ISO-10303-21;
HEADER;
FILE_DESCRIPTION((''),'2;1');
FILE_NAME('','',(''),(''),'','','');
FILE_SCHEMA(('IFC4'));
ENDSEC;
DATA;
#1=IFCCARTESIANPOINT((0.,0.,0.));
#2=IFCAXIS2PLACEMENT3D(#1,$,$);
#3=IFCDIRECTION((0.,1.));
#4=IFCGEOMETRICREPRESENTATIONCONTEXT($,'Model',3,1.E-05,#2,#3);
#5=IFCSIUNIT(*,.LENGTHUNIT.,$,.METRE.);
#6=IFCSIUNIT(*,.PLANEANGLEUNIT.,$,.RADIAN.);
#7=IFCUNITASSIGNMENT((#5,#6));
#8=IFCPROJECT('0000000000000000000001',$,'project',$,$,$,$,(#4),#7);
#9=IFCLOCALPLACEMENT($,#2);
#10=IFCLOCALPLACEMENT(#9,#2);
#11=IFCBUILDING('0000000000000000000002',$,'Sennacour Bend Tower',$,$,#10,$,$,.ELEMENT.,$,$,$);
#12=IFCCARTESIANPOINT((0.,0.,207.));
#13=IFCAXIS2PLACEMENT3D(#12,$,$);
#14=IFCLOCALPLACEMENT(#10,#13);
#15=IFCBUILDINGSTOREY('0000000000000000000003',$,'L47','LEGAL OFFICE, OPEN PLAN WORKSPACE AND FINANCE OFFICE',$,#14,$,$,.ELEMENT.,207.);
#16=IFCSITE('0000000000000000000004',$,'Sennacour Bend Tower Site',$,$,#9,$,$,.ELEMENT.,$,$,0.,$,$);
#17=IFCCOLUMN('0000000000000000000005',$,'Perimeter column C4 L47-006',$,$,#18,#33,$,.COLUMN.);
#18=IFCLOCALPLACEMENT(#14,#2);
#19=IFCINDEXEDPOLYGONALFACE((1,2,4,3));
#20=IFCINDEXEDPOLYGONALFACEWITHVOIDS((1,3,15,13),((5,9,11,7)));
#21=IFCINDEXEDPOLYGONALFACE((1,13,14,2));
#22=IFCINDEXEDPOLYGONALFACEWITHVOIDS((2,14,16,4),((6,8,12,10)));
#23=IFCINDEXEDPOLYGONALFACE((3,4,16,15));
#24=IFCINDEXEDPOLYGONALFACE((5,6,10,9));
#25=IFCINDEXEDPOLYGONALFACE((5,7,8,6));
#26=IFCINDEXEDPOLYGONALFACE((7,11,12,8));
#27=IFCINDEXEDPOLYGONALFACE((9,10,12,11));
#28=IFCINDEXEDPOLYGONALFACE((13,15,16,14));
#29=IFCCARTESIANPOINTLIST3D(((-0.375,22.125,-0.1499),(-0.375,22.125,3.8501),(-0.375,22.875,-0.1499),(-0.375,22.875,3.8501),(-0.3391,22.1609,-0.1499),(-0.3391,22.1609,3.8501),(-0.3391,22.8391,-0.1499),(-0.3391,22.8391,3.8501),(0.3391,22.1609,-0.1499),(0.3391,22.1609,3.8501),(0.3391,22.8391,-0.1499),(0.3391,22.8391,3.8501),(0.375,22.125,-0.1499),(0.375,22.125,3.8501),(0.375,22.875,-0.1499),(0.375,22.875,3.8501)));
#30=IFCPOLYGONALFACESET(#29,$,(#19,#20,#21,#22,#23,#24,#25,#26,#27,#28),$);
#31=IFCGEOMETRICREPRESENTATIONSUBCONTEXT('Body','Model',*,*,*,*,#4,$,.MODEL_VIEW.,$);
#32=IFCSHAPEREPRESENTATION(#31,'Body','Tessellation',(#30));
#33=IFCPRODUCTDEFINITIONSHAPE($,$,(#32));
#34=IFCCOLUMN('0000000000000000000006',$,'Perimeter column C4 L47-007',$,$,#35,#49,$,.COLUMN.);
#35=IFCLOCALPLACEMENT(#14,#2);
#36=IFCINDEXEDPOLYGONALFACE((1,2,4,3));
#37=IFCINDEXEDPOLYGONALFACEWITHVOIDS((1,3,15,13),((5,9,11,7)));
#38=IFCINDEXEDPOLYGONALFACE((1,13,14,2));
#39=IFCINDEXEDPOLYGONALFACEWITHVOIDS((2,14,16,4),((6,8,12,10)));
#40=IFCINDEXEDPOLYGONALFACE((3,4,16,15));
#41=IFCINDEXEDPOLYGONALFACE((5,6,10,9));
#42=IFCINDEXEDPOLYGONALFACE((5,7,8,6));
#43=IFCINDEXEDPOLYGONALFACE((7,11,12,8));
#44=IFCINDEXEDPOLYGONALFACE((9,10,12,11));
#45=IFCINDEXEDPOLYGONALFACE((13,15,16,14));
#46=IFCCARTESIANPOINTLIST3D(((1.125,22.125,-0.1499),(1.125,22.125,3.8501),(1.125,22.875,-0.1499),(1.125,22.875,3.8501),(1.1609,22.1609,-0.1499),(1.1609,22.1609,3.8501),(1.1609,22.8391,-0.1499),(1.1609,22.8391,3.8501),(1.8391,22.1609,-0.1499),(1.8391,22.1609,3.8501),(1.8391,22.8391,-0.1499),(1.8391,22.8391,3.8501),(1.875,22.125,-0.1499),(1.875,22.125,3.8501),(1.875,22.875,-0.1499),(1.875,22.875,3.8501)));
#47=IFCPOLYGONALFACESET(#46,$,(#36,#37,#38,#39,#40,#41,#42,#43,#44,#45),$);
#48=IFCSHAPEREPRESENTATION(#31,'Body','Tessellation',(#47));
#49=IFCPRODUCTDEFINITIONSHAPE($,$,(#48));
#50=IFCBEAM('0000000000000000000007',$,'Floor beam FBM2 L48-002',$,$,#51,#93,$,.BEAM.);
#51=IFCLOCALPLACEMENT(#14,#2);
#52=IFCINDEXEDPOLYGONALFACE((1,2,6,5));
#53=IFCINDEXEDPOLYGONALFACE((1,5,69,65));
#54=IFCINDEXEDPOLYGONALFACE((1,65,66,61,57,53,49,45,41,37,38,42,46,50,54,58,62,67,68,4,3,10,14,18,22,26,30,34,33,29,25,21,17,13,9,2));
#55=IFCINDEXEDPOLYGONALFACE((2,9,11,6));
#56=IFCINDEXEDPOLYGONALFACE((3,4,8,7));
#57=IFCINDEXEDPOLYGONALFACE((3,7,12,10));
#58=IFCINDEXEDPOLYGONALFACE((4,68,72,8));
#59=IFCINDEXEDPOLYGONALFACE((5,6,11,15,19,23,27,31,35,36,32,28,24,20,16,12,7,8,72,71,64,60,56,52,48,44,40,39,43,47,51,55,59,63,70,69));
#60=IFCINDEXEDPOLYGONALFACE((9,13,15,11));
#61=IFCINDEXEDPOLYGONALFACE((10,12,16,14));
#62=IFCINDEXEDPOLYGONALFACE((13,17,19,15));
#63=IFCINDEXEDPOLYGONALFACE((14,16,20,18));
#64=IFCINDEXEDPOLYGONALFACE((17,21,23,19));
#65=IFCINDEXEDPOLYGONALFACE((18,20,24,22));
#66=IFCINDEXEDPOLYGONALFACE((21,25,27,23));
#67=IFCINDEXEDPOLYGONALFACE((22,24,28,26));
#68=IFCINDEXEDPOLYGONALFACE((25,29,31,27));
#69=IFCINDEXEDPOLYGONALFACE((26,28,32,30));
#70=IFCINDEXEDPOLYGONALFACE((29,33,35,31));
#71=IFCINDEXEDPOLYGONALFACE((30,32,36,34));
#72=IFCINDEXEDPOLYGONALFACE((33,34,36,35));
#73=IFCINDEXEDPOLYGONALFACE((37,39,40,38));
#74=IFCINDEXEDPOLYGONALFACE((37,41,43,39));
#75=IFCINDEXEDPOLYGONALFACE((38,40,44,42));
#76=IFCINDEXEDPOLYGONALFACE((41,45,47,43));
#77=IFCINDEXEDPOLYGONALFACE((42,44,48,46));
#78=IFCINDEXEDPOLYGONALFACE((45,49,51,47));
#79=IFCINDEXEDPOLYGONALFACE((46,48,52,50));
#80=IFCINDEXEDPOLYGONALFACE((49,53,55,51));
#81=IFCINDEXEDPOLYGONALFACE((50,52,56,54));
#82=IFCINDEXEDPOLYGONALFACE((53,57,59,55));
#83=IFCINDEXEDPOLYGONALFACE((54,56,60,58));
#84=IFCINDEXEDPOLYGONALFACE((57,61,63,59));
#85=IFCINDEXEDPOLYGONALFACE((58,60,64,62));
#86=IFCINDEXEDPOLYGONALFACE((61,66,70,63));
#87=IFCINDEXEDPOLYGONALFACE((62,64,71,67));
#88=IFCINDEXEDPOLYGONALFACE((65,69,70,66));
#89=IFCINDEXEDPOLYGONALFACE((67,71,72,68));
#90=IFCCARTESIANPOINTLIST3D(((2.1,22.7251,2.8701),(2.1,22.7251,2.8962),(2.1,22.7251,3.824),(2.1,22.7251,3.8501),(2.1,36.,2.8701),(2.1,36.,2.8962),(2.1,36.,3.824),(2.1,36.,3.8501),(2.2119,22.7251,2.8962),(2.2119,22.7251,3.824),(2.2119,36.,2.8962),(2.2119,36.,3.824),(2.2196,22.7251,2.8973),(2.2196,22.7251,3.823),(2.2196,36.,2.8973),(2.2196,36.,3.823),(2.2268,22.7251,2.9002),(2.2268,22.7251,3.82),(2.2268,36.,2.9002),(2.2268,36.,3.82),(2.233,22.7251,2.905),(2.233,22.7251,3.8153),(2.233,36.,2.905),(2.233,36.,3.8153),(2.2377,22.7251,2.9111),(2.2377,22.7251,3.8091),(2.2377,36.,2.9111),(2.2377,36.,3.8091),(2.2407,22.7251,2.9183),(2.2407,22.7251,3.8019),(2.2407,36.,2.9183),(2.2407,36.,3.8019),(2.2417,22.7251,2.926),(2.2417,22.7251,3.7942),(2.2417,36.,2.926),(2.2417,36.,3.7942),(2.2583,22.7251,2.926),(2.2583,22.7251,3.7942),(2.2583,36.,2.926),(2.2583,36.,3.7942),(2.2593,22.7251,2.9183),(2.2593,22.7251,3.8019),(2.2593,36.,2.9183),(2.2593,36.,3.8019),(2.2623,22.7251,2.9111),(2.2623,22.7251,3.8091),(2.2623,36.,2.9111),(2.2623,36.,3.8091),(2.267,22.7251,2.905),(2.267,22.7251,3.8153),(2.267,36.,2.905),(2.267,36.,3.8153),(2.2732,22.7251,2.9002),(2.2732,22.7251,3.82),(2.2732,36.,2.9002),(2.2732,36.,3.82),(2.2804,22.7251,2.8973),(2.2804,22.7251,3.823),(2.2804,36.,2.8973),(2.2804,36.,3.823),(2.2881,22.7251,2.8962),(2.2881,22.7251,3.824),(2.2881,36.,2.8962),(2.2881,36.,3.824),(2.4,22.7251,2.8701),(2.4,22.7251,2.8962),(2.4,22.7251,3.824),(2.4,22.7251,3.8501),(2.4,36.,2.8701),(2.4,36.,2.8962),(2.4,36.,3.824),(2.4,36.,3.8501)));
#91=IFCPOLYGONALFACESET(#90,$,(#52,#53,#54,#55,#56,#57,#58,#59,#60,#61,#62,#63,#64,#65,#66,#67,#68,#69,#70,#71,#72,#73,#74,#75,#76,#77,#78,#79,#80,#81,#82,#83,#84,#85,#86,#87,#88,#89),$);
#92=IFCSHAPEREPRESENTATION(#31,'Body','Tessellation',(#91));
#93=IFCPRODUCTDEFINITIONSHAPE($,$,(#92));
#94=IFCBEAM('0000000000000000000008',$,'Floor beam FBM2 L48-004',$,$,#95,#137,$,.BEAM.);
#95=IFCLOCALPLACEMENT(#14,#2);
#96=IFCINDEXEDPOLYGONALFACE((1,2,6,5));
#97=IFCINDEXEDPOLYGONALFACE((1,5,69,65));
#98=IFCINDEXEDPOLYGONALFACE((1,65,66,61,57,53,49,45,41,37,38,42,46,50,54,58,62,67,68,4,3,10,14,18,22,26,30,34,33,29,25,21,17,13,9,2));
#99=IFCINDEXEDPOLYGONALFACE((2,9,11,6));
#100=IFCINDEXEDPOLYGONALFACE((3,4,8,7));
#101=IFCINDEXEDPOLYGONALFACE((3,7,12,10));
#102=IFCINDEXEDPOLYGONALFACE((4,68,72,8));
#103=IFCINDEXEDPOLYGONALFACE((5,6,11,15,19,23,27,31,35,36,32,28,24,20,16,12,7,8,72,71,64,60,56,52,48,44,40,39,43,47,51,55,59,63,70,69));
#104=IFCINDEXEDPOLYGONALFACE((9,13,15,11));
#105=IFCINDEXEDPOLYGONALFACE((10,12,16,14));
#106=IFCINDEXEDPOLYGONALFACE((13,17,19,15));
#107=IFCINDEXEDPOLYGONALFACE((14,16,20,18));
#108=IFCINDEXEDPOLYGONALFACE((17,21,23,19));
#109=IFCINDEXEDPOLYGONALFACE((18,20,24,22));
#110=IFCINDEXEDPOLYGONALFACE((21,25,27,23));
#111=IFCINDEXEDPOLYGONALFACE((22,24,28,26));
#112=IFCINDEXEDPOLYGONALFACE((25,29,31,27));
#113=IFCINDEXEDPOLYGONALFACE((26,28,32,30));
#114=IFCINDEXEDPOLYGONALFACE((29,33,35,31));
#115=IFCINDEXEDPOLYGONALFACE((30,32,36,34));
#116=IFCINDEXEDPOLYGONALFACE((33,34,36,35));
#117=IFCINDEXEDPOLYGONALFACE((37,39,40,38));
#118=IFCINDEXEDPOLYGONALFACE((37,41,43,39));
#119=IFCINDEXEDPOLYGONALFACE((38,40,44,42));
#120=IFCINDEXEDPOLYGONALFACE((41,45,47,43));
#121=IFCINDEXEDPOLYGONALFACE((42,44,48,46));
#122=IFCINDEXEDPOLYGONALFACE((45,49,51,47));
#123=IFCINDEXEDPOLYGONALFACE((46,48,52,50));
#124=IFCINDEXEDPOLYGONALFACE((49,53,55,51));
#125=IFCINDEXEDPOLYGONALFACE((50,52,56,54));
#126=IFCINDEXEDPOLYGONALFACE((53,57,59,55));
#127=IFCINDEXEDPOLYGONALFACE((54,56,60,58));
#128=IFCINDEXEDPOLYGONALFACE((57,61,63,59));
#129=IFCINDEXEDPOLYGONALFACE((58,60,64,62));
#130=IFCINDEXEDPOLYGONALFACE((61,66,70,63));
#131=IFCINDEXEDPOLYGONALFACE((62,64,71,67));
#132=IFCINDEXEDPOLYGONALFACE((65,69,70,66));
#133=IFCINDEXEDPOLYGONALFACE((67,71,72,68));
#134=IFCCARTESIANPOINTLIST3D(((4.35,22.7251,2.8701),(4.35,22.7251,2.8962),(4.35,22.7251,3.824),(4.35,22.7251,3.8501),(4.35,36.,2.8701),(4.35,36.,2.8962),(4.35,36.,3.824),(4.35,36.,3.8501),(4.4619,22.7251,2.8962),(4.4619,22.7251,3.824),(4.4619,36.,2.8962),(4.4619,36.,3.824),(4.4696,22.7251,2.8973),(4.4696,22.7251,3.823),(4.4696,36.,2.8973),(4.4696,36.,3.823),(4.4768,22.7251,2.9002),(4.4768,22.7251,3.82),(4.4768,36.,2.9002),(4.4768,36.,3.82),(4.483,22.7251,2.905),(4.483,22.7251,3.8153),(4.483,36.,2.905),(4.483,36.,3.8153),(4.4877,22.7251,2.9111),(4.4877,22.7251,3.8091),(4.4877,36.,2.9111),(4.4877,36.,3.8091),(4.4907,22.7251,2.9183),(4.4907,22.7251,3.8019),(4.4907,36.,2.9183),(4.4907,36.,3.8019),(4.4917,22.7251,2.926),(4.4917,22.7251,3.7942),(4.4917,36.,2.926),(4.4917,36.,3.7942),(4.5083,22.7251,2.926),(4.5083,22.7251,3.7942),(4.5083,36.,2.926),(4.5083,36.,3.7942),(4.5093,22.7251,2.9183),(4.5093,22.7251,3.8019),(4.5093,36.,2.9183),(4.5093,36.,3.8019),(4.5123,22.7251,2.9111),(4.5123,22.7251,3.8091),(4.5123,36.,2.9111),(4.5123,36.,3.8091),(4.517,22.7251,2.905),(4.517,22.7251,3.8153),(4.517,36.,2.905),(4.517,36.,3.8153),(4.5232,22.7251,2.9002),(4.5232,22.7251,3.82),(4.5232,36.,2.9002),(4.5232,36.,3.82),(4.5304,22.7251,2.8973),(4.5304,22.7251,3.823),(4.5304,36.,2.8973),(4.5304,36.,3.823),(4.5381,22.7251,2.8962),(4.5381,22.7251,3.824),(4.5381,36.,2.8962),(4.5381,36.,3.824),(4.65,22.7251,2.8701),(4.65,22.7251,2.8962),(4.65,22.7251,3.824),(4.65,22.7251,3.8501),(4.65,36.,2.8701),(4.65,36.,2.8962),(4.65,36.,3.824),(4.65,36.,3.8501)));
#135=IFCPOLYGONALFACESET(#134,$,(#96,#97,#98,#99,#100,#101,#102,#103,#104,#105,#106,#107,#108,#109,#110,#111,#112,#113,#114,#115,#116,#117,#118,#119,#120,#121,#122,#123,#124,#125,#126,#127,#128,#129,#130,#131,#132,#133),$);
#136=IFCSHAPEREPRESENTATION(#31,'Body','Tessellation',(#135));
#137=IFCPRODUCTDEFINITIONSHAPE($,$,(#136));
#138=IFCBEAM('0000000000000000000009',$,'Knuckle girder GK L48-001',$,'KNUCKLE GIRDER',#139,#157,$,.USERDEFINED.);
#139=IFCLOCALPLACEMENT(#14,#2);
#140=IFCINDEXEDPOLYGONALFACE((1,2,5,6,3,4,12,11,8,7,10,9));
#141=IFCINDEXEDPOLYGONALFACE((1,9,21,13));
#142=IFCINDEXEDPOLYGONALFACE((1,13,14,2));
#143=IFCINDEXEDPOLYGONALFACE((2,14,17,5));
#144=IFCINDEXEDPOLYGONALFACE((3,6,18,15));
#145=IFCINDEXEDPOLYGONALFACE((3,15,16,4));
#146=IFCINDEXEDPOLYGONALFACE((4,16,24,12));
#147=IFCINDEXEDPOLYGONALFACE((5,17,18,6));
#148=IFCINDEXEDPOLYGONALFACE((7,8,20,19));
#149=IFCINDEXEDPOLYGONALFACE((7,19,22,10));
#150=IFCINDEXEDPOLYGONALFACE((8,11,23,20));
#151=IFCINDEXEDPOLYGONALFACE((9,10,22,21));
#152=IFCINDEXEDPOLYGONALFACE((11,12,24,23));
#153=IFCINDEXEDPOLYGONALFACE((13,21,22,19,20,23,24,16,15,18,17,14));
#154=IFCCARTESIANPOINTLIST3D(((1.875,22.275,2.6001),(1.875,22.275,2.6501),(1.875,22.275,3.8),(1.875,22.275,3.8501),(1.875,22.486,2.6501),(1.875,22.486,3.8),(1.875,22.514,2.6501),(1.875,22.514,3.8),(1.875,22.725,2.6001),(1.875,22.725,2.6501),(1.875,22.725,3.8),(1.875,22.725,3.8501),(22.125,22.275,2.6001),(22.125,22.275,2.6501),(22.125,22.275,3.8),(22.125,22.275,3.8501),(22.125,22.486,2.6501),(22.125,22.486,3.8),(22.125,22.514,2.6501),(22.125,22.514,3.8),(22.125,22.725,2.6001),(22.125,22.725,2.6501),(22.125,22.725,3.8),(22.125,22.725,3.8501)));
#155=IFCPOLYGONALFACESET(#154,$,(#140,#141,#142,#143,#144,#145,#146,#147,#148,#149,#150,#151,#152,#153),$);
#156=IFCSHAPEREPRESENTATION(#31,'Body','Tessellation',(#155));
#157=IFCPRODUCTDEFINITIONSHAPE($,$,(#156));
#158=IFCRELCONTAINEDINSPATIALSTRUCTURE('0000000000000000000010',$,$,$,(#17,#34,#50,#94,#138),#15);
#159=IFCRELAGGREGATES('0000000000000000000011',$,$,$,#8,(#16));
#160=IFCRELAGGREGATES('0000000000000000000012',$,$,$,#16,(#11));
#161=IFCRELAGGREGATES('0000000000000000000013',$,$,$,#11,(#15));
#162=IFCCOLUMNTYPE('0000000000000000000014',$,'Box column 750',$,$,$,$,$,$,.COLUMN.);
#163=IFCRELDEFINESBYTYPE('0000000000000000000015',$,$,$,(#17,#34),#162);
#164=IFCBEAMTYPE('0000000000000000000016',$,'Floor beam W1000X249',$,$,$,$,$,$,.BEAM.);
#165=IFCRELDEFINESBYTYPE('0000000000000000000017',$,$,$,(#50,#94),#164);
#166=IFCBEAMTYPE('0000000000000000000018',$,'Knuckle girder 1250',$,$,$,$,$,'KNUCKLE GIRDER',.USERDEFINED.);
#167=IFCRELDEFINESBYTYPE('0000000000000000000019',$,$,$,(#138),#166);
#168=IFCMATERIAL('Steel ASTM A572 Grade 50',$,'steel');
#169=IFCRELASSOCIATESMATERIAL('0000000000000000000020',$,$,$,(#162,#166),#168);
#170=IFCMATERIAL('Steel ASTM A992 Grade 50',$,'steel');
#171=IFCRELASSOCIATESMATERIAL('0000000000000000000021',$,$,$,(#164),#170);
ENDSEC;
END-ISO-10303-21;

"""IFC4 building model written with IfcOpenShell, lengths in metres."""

from ifc_helpers import new_model, si_unit, direction, frame, origin, origin_2d, place, context, subcontext, project, spatial, hollow_rectangle, i_section, extrude, material, material_profile, profile_set, type_object, element, save


model = new_model("IFC4")

# Units and contexts
model_context = context("Model", 3, precision=1e-05, world=origin(), true_north=direction((0.0, 1.0)))
body_context = subcontext(model_context, "Body", "Model", "MODEL_VIEW")
ifc_project = project(units=[si_unit("LENGTHUNIT", "METRE"), si_unit("PLANEANGLEUNIT", "RADIAN")], contexts=[model_context])

# Site, building, storey
site_placement = place(None, origin())
site = spatial("IfcSite", under=ifc_project, at=site_placement, Name="Sennacour Bend Tower Site", CompositionType="ELEMENT", RefElevation=0.0)
building_placement = place(site_placement, origin())
building = spatial("IfcBuilding", under=site, at=building_placement, Name="Sennacour Bend Tower", CompositionType="ELEMENT")
storey_placement = place(building_placement, frame((0.0, 0.0, 207.0)))
storey = spatial("IfcBuildingStorey", under=building, at=storey_placement, Name="L47", Description="LEGAL OFFICE, OPEN PLAN WORKSPACE AND FINANCE OFFICE", CompositionType="ELEMENT", Elevation=207.0)

# Columns
ifc_material_1 = material(Name="Steel ASTM A572 Grade 50", Category="steel")
ifc_material_profile_1 = material_profile(ifc_material_1, hollow_rectangle(XDim=0.75, YDim=0.75, WallThickness=0.0359, at=origin_2d()), Name="Steel ASTM A572 Grade 50", Category="steel")
ifc_profile_set_1 = profile_set([ifc_material_profile_1], Name="Steel ASTM A572 Grade 50")
column_type = type_object("IfcColumnType", Name="Box column 750", PredefinedType="COLUMN", material=ifc_profile_set_1)
for number, where, z_axis, x_axis, name in (
    (1, (0.0, 22.5, -0.1499), (0.0, 0.0, 1.0), (1.0, 0.0, 0.0), "Perimeter column C4 L47-006"),
    (2, (1.5, 22.5, -0.1499), (0.0, 0.0, 1.0), (1.0, 0.0, 0.0), "Perimeter column C4 L47-007"),
):
    element("IfcColumn", number, at=place(storey_placement, frame(where, z_axis=z_axis, x_axis=x_axis)), inside=storey, type_object=column_type, Name=name, PredefinedType="COLUMN", context=body_context, shape_type="SweptSolid", body=[
        extrude(hollow_rectangle(XDim=0.75, YDim=0.75, WallThickness=0.0359, at=origin_2d()), origin(), (0.0, 0.0, 1.0), 4.0),
    ])

# Beams
ifc_material_2 = material(Name="Steel ASTM A992 Grade 50", Category="steel")
ifc_material_profile_2 = material_profile(ifc_material_2, i_section(OverallWidth=0.3, OverallDepth=0.98, WebThickness=0.0166, FlangeThickness=0.0261, FilletRadius=0.0298, at=origin_2d()), Name="Steel ASTM A992 Grade 50", Category="steel")
ifc_profile_set_2 = profile_set([ifc_material_profile_2], Name="Steel ASTM A992 Grade 50")
beam_type_1 = type_object("IfcBeamType", Name="Floor beam W1000X249", PredefinedType="BEAM", material=ifc_profile_set_2)
for number, where, z_axis, x_axis, name in (
    (3, (2.25, 22.7251, 3.3601), (0.0, 1.0, 0.0), (-1.0, 0.0, 0.0), "Floor beam FBM2 L48-002"),
    (4, (4.5, 22.7251, 3.3601), (0.0, 1.0, 0.0), (-1.0, 0.0, 0.0), "Floor beam FBM2 L48-004"),
):
    element("IfcBeam", number, at=place(storey_placement, frame(where, z_axis=z_axis, x_axis=x_axis)), inside=storey, type_object=beam_type_1, Name=name, PredefinedType="BEAM", context=body_context, shape_type="SweptSolid", body=[
        extrude(i_section(OverallWidth=0.3, OverallDepth=0.98, WebThickness=0.0166, FlangeThickness=0.0261, FilletRadius=0.0298, at=origin_2d()), origin(), (0.0, 0.0, 1.0), 13.2749),
    ])
ifc_material_profile_3 = material_profile(ifc_material_1, i_section(OverallWidth=0.45, OverallDepth=1.25, WebThickness=0.0281, FlangeThickness=0.05, at=origin_2d()), Name="Steel ASTM A572 Grade 50", Category="steel")
ifc_profile_set_3 = profile_set([ifc_material_profile_3], Name="Steel ASTM A572 Grade 50")
beam_type_2 = type_object("IfcBeamType", Name="Knuckle girder 1250", ElementType="KNUCKLE GIRDER", PredefinedType="USERDEFINED", material=ifc_profile_set_3)
beam_1_placement = place(storey_placement, frame((1.875, 22.5, 3.2251), z_axis=(1.0, 0.0, 0.0), x_axis=(0.0, 1.0, 0.0)))
element("IfcBeam", 5, at=beam_1_placement, inside=storey, type_object=beam_type_2, Name="Knuckle girder GK L48-001", ObjectType="KNUCKLE GIRDER", PredefinedType="USERDEFINED", context=body_context, shape_type="SweptSolid", body=[
    extrude(i_section(OverallWidth=0.45, OverallDepth=1.25, WebThickness=0.0281, FlangeThickness=0.05, at=origin_2d()), origin(), (0.0, 0.0, 1.0), 20.25),
])

save(model, "model.ifc")
